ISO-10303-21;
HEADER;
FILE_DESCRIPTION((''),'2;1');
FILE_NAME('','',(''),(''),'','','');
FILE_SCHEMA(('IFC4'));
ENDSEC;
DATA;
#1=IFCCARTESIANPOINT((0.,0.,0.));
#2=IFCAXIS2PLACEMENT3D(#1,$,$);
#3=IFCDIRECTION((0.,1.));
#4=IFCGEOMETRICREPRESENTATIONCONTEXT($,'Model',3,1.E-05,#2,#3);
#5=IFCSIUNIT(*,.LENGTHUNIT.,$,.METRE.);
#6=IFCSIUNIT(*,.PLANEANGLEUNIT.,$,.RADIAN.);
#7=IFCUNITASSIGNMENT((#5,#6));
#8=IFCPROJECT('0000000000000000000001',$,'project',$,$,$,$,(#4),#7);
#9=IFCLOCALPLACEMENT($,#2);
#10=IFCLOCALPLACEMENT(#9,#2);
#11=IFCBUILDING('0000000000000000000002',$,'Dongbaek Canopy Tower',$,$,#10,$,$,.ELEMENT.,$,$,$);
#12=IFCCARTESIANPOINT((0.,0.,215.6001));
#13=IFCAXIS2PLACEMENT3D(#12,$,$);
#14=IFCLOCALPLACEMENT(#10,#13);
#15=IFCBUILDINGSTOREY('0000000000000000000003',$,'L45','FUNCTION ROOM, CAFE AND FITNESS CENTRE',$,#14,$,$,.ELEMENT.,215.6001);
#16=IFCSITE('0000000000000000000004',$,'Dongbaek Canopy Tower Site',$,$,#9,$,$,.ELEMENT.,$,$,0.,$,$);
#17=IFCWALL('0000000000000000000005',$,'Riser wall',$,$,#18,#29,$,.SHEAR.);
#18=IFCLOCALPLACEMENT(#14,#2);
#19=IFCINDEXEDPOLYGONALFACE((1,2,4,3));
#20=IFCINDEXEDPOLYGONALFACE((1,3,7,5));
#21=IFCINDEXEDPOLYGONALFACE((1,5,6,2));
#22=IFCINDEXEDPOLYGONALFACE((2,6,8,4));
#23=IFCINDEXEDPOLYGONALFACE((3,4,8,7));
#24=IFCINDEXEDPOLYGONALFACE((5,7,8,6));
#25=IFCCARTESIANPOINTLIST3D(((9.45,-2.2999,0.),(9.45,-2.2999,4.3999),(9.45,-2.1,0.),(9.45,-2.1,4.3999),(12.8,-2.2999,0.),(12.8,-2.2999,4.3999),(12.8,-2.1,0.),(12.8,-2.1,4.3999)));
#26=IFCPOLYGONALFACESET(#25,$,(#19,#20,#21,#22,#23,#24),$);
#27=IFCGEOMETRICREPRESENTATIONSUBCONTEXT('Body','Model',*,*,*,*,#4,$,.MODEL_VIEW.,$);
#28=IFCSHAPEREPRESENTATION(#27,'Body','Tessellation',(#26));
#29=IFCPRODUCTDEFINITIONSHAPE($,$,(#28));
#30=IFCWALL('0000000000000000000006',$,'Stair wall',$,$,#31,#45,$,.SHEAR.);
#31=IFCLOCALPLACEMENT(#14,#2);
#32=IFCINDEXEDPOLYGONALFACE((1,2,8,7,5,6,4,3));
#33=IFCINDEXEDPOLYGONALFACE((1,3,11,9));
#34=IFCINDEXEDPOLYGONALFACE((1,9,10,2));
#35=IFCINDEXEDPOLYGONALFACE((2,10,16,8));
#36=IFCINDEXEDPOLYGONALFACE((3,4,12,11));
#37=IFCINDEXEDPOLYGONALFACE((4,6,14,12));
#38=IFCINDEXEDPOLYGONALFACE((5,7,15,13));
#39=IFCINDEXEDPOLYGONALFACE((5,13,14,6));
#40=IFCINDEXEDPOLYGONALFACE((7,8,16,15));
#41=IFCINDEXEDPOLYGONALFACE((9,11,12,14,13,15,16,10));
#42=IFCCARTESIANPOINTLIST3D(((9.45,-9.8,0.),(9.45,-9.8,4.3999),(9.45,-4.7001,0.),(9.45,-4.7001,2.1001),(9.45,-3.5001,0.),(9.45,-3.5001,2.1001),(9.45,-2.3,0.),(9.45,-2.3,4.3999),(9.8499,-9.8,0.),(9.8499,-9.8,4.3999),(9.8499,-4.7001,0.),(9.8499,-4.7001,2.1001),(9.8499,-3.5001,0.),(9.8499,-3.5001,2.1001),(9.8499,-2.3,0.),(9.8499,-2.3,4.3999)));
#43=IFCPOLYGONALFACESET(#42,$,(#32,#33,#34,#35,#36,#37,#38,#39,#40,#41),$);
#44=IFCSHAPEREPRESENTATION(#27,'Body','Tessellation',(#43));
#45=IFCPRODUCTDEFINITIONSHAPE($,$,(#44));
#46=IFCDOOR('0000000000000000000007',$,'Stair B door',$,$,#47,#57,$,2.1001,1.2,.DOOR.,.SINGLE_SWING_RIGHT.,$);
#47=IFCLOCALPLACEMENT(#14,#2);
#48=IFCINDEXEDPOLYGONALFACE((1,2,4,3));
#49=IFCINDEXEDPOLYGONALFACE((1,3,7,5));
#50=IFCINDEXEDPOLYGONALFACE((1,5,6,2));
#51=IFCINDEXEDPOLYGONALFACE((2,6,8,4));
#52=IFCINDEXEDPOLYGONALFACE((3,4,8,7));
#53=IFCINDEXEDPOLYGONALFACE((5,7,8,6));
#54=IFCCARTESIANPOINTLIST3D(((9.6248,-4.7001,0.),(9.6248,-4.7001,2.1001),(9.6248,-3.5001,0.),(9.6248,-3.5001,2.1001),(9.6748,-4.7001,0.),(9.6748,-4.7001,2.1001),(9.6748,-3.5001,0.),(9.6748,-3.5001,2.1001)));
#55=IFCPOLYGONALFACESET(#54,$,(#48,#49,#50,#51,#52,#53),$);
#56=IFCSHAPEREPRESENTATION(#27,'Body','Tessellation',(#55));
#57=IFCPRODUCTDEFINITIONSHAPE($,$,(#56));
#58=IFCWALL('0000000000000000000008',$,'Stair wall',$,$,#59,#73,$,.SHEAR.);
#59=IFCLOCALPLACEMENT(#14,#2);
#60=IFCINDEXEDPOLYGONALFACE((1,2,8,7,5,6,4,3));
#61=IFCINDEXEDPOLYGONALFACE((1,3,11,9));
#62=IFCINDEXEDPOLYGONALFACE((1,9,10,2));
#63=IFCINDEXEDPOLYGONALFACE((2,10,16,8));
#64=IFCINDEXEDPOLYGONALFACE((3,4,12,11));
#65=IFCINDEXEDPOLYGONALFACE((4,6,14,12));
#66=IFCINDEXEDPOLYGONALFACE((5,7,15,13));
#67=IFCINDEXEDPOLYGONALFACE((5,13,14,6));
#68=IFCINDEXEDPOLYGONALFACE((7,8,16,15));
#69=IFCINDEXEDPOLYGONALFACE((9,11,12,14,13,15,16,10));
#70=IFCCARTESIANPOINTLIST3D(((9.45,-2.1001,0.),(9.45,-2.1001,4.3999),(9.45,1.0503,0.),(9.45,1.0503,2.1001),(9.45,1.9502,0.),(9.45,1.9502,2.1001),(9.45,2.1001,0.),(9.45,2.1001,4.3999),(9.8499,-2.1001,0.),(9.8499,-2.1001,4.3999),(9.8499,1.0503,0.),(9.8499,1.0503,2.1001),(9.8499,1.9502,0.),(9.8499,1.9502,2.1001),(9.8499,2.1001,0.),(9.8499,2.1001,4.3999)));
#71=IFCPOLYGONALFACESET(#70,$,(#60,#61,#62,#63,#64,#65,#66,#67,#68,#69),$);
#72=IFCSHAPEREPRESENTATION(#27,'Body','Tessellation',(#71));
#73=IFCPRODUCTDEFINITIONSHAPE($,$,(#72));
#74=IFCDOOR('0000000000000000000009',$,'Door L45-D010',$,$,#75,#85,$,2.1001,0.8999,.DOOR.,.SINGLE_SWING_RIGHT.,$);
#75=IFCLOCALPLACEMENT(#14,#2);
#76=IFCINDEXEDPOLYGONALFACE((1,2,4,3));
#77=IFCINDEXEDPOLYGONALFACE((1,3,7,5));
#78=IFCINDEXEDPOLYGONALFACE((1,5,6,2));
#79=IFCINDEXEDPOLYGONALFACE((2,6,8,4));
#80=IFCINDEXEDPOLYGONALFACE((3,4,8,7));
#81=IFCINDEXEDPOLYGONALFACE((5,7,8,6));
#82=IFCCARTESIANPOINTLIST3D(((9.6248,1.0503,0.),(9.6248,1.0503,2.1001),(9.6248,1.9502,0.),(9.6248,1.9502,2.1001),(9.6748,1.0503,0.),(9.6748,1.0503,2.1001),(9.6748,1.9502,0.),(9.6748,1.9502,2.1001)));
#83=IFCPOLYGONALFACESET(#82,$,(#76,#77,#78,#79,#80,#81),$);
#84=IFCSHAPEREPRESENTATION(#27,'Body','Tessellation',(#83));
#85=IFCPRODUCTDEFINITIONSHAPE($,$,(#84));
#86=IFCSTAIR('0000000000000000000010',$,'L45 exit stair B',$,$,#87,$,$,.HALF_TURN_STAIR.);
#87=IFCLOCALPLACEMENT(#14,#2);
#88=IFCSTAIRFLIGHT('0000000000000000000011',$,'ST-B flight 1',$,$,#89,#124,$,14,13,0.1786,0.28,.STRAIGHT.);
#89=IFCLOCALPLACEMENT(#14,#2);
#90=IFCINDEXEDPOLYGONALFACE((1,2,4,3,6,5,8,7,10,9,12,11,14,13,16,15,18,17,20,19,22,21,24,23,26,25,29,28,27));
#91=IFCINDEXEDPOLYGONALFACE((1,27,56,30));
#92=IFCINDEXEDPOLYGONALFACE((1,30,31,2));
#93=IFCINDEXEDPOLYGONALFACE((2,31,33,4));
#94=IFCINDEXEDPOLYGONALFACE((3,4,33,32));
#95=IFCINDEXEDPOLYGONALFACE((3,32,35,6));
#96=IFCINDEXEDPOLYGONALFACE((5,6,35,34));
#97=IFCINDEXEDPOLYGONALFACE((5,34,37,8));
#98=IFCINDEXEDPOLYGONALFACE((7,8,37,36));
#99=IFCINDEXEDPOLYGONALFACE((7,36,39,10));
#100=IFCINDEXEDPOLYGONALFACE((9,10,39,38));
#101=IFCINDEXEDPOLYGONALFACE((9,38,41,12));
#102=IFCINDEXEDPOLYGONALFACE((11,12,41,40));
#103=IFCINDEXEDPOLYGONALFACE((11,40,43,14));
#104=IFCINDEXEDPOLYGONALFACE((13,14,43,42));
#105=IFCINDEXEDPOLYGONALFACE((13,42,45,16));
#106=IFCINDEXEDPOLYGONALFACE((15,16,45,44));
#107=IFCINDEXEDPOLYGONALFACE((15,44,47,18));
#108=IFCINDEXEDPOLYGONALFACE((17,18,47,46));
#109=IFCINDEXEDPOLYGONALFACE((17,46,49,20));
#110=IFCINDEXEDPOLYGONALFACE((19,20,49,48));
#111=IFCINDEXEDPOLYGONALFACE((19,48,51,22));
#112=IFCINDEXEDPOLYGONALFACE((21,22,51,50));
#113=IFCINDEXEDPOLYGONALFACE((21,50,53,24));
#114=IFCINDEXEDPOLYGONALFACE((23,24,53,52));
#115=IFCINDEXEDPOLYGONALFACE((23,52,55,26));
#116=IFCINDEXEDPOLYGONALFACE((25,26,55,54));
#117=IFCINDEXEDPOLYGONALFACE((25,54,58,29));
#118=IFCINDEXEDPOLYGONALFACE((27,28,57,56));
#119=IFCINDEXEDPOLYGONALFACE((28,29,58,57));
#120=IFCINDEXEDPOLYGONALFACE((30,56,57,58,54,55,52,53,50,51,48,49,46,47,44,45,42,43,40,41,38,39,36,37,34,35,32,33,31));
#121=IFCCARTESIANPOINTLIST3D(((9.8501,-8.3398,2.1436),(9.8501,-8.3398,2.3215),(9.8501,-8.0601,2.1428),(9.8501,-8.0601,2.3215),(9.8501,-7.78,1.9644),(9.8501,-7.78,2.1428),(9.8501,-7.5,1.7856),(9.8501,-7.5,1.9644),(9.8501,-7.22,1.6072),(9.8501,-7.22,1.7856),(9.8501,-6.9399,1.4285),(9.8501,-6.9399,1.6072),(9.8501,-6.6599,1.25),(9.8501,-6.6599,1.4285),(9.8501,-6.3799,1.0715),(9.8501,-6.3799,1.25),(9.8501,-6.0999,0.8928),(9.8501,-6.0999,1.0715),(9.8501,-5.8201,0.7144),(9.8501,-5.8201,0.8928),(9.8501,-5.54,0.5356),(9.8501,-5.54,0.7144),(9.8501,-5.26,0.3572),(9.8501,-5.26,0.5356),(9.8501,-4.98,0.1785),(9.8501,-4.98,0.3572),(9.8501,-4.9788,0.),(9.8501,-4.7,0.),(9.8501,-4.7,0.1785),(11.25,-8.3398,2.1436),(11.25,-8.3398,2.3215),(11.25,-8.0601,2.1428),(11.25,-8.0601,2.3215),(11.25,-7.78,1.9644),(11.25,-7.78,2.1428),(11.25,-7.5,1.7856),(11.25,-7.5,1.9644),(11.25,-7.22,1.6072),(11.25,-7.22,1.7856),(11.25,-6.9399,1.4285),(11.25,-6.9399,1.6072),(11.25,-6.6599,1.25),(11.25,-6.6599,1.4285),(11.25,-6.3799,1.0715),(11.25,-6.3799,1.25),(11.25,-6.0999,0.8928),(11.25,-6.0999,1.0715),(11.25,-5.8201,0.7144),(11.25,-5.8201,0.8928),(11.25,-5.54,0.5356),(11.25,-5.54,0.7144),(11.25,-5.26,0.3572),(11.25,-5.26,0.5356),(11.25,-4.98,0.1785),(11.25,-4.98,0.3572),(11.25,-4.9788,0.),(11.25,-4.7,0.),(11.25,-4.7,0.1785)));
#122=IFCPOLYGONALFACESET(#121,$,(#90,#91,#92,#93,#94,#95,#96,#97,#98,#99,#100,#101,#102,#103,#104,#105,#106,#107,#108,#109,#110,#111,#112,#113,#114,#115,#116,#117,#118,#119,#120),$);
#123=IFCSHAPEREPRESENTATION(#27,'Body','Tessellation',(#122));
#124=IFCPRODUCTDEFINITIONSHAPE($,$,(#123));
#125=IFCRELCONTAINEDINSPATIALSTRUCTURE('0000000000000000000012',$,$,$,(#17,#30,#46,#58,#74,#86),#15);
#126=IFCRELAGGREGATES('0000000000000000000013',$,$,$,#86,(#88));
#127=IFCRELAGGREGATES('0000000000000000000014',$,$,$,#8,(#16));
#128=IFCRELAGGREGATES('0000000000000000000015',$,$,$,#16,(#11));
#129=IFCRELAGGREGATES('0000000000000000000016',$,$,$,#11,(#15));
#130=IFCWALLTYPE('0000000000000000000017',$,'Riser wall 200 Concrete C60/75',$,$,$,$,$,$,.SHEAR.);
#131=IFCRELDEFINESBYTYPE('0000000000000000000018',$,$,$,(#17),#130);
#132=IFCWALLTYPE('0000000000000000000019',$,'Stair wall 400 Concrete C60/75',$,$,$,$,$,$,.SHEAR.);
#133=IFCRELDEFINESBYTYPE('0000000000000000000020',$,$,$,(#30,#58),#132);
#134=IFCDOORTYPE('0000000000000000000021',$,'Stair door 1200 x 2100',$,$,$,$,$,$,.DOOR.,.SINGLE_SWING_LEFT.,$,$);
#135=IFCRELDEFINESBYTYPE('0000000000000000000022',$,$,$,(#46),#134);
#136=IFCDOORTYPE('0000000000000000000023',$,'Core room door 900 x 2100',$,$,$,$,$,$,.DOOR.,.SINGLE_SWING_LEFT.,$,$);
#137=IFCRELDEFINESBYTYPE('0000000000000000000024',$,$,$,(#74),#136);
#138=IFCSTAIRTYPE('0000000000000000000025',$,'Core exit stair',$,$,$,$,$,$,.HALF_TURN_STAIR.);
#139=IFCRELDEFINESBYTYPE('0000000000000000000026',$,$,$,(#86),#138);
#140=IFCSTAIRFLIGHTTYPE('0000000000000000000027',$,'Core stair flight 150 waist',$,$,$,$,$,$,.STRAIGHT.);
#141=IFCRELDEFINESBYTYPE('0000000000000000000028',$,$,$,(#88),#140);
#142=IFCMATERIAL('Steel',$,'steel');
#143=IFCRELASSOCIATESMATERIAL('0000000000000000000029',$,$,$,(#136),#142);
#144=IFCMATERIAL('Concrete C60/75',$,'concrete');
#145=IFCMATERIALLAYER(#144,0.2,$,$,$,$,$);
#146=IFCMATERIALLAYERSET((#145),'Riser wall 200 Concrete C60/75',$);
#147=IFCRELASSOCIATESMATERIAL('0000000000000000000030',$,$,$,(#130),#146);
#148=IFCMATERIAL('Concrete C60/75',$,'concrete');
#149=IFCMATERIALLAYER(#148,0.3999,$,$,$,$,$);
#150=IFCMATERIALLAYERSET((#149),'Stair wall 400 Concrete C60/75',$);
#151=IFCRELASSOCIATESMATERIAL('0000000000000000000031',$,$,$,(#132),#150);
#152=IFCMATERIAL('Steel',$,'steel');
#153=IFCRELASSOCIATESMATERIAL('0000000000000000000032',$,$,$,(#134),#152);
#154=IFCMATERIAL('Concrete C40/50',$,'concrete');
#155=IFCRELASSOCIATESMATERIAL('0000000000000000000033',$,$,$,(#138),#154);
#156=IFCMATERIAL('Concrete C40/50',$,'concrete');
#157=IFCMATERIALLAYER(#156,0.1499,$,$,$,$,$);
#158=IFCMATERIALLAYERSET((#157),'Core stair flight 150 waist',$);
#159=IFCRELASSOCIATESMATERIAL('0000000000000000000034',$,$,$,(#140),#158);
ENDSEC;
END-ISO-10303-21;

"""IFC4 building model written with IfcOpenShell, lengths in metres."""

from ifc_helpers import new_model, si_unit, direction, frame, frame_2d, origin, place, context, subcontext, project, spatial, polyline, rectangle, outline, extrude, material, layer, layer_set, type_object, element, fill, aggregate, save


model = new_model("IFC4")

# Units and contexts
model_context = context("Model", 3, precision=1e-05, world=origin(), true_north=direction((0.0, 1.0)))
body_context = subcontext(model_context, "Body", "Model", "MODEL_VIEW")
ifc_project = project(units=[si_unit("LENGTHUNIT", "METRE"), si_unit("PLANEANGLEUNIT", "RADIAN")], contexts=[model_context])

# Site, building, storey
site_placement = place(None, origin())
site = spatial("IfcSite", under=ifc_project, at=site_placement, Name="Dongbaek Canopy Tower Site", CompositionType="ELEMENT", RefElevation=0.0)
building_placement = place(site_placement, origin())
building = spatial("IfcBuilding", under=site, at=building_placement, Name="Dongbaek Canopy Tower", CompositionType="ELEMENT")
storey_placement = place(building_placement, frame((0.0, 0.0, 215.6001)))
storey = spatial("IfcBuildingStorey", under=building, at=storey_placement, Name="L45", Description="FUNCTION ROOM, CAFE AND FITNESS CENTRE", CompositionType="ELEMENT", Elevation=215.6001)

# Shared definitions
ifc_material_1 = material(Name="Steel", Category="steel")
door_type_1 = type_object("IfcDoorType", Name="Core room door 900 x 2100", OperationType="SINGLE_SWING_LEFT", PredefinedType="DOOR", material=ifc_material_1)

# Wall
ifc_material_2 = material(Name="Concrete C60/75", Category="concrete")
ifc_layer_1 = layer(ifc_material_2, 0.2)
ifc_layer_set_1 = layer_set([ifc_layer_1], Name="Riser wall 200 Concrete C60/75")
wall_type_1 = type_object("IfcWallType", Name="Riser wall 200 Concrete C60/75", PredefinedType="SHEAR", material=ifc_layer_set_1)
for number, where, z_axis, x_axis, name in (
    (1, (9.45, -2.2, 0.0), (0.0, 0.0, 1.0), (1.0, 0.0, 0.0), "Riser wall"),
):
    element("IfcWall", number, at=place(storey_placement, frame(where, z_axis=z_axis, x_axis=x_axis)), inside=storey, type_object=wall_type_1, Name=name, PredefinedType="SHEAR", context=body_context, shape_type="SweptSolid", body=[
        extrude(rectangle(XDim=3.3501, YDim=0.2, at=frame_2d((1.675, 0.0))), origin(), (0.0, 0.0, 1.0), 4.3999),
    ])

# Walls, openings, doors
ifc_material_3 = material(Name="Concrete C60/75", Category="concrete")
ifc_layer_2 = layer(ifc_material_3, 0.3999)
ifc_layer_set_2 = layer_set([ifc_layer_2], Name="Stair wall 400 Concrete C60/75")
wall_type_2 = type_object("IfcWallType", Name="Stair wall 400 Concrete C60/75", PredefinedType="SHEAR", material=ifc_layer_set_2)
wall_1_placement = place(storey_placement, frame((9.6499, -2.3, 0.0), z_axis=(0.0, 0.0, 1.0), x_axis=(0.0, -1.0, 0.0)))
wall_1 = element("IfcWall", 2, at=wall_1_placement, inside=storey, type_object=wall_type_2, Name="Stair wall", PredefinedType="SHEAR", context=body_context, shape_type="SweptSolid", body=[
    extrude(rectangle(XDim=7.5, YDim=0.3999, at=frame_2d((3.75, 0.0))), origin(), (0.0, 0.0, 1.0), 4.3999),
])
opening_1_placement = place(wall_1_placement, frame((1.2, 0.0, 0.0)))
opening_1 = element("IfcOpeningElement", 3, at=opening_1_placement, cuts=wall_1, PredefinedType="OPENING", context=body_context, shape_type="SweptSolid", body=[
    extrude(rectangle(XDim=1.2, YDim=2.1001, at=frame_2d((0.6001, 1.05))), frame((0.0, 0.21, 0.0), z_axis=(0.0, -1.0, 0.0), x_axis=(1.0, 0.0, 0.0)), (0.0, 0.0, 1.0), 0.4199),
])
ifc_material_4 = material(Name="Steel", Category="steel")
door_type_2 = type_object("IfcDoorType", Name="Stair door 1200 x 2100", OperationType="SINGLE_SWING_LEFT", PredefinedType="DOOR", material=ifc_material_4)
door_1_placement = place(opening_1_placement, origin())
door_1 = element("IfcDoor", 4, at=door_1_placement, inside=storey, type_object=door_type_2, Name="Stair B door", OperationType="SINGLE_SWING_RIGHT", OverallHeight=2.1001, OverallWidth=1.2, PredefinedType="DOOR", context=body_context, shape_type="SweptSolid", body=[
    extrude(rectangle(XDim=1.2, YDim=2.1001, at=frame_2d((0.6001, 1.05))), frame((0.0, 0.0249, 0.0), z_axis=(0.0, -1.0, 0.0), x_axis=(1.0, 0.0, 0.0)), (0.0, 0.0, 1.0), 0.05),
])
fill(opening_1, door_1)
wall_2_placement = place(storey_placement, frame((9.6499, 2.1001, 0.0), z_axis=(0.0, 0.0, 1.0), x_axis=(0.0, -1.0, 0.0)))
wall_2 = element("IfcWall", 5, at=wall_2_placement, inside=storey, type_object=wall_type_2, Name="Stair wall", PredefinedType="SHEAR", context=body_context, shape_type="SweptSolid", body=[
    extrude(rectangle(XDim=4.2002, YDim=0.3999, at=frame_2d((2.1001, 0.0))), origin(), (0.0, 0.0, 1.0), 4.3999),
])
opening_2_placement = place(wall_2_placement, frame((0.1499, 0.0, 0.0)))
opening_2 = element("IfcOpeningElement", 6, at=opening_2_placement, cuts=wall_2, PredefinedType="OPENING", context=body_context, shape_type="SweptSolid", body=[
    extrude(rectangle(XDim=0.8999, YDim=2.1001, at=frame_2d((0.45, 1.05))), frame((0.0, 0.21, 0.0), z_axis=(0.0, -1.0, 0.0), x_axis=(1.0, 0.0, 0.0)), (0.0, 0.0, 1.0), 0.4199),
])
door_2_placement = place(opening_2_placement, origin())
door_2 = element("IfcDoor", 7, at=door_2_placement, inside=storey, type_object=door_type_1, Name="Door L45-D010", OperationType="SINGLE_SWING_RIGHT", OverallHeight=2.1001, OverallWidth=0.8999, PredefinedType="DOOR", context=body_context, shape_type="SweptSolid", body=[
    extrude(rectangle(XDim=0.8999, YDim=2.1001, at=frame_2d((0.45, 1.05))), frame((0.0, 0.0249, 0.0), z_axis=(0.0, -1.0, 0.0), x_axis=(1.0, 0.0, 0.0)), (0.0, 0.0, 1.0), 0.05),
])
fill(opening_2, door_2)

# Stair, stair flight
ifc_material_5 = material(Name="Concrete C40/50", Category="concrete")
stair_type = type_object("IfcStairType", Name="Core exit stair", PredefinedType="HALF_TURN_STAIR", material=ifc_material_5)
stair_placement = place(storey_placement, origin())
stair = element("IfcStair", 8, at=stair_placement, inside=storey, type_object=stair_type, Name="L45 exit stair B", PredefinedType="HALF_TURN_STAIR")
ifc_material_6 = material(Name="Concrete C40/50", Category="concrete")
ifc_layer_3 = layer(ifc_material_6, 0.1499)
ifc_layer_set_3 = layer_set([ifc_layer_3], Name="Core stair flight 150 waist")
stair_flight_type = type_object("IfcStairFlightType", Name="Core stair flight 150 waist", PredefinedType="STRAIGHT", material=ifc_layer_set_3)
stair_flight_placement = place(storey_placement, frame((10.55, -4.7, 0.0), z_axis=(0.0, 0.0, 1.0), x_axis=(0.0, -1.0, 0.0)))
stair_flight = element("IfcStairFlight", 9, at=stair_flight_placement, type_object=stair_flight_type, Name="ST-B flight 1", NumberOfRisers=14, NumberOfTreads=13, PredefinedType="STRAIGHT", RiserHeight=0.1786, TreadLength=0.28, context=body_context, shape_type="SweptSolid", body=[
    extrude(outline(polyline([(0.0, 0.0), (0.0, 0.1785), (0.28, 0.1785), (0.28, 0.3572), (0.5601, 0.3572), (0.5601, 0.5356), (0.8401, 0.5356), (0.8401, 0.7144), (1.1201, 0.7144), (1.1201, 0.8928), (1.3999, 0.8928), (1.3999, 1.0715), (1.6799, 1.0715), (1.6799, 1.25), (1.96, 1.25), (1.96, 1.4285), (2.24, 1.4285), (2.24, 1.6072), (2.52, 1.6072), (2.52, 1.7856), (2.8, 1.7856), (2.8, 1.9644), (3.0801, 1.9644), (3.0801, 2.1428), (3.3601, 2.1428), (3.3601, 2.3215), (3.6399, 2.3215), (3.6399, 2.5), (3.6399, 2.1436), (0.2788, 0.0), (0.0, 0.0)])), frame((0.0, 0.7, 0.0), z_axis=(0.0, -1.0, 0.0), x_axis=(1.0, 0.0, 0.0)), (0.0, 0.0, 1.0), 1.3999),
])
aggregate(stair, [stair_flight])

save(model, "model.ifc")
